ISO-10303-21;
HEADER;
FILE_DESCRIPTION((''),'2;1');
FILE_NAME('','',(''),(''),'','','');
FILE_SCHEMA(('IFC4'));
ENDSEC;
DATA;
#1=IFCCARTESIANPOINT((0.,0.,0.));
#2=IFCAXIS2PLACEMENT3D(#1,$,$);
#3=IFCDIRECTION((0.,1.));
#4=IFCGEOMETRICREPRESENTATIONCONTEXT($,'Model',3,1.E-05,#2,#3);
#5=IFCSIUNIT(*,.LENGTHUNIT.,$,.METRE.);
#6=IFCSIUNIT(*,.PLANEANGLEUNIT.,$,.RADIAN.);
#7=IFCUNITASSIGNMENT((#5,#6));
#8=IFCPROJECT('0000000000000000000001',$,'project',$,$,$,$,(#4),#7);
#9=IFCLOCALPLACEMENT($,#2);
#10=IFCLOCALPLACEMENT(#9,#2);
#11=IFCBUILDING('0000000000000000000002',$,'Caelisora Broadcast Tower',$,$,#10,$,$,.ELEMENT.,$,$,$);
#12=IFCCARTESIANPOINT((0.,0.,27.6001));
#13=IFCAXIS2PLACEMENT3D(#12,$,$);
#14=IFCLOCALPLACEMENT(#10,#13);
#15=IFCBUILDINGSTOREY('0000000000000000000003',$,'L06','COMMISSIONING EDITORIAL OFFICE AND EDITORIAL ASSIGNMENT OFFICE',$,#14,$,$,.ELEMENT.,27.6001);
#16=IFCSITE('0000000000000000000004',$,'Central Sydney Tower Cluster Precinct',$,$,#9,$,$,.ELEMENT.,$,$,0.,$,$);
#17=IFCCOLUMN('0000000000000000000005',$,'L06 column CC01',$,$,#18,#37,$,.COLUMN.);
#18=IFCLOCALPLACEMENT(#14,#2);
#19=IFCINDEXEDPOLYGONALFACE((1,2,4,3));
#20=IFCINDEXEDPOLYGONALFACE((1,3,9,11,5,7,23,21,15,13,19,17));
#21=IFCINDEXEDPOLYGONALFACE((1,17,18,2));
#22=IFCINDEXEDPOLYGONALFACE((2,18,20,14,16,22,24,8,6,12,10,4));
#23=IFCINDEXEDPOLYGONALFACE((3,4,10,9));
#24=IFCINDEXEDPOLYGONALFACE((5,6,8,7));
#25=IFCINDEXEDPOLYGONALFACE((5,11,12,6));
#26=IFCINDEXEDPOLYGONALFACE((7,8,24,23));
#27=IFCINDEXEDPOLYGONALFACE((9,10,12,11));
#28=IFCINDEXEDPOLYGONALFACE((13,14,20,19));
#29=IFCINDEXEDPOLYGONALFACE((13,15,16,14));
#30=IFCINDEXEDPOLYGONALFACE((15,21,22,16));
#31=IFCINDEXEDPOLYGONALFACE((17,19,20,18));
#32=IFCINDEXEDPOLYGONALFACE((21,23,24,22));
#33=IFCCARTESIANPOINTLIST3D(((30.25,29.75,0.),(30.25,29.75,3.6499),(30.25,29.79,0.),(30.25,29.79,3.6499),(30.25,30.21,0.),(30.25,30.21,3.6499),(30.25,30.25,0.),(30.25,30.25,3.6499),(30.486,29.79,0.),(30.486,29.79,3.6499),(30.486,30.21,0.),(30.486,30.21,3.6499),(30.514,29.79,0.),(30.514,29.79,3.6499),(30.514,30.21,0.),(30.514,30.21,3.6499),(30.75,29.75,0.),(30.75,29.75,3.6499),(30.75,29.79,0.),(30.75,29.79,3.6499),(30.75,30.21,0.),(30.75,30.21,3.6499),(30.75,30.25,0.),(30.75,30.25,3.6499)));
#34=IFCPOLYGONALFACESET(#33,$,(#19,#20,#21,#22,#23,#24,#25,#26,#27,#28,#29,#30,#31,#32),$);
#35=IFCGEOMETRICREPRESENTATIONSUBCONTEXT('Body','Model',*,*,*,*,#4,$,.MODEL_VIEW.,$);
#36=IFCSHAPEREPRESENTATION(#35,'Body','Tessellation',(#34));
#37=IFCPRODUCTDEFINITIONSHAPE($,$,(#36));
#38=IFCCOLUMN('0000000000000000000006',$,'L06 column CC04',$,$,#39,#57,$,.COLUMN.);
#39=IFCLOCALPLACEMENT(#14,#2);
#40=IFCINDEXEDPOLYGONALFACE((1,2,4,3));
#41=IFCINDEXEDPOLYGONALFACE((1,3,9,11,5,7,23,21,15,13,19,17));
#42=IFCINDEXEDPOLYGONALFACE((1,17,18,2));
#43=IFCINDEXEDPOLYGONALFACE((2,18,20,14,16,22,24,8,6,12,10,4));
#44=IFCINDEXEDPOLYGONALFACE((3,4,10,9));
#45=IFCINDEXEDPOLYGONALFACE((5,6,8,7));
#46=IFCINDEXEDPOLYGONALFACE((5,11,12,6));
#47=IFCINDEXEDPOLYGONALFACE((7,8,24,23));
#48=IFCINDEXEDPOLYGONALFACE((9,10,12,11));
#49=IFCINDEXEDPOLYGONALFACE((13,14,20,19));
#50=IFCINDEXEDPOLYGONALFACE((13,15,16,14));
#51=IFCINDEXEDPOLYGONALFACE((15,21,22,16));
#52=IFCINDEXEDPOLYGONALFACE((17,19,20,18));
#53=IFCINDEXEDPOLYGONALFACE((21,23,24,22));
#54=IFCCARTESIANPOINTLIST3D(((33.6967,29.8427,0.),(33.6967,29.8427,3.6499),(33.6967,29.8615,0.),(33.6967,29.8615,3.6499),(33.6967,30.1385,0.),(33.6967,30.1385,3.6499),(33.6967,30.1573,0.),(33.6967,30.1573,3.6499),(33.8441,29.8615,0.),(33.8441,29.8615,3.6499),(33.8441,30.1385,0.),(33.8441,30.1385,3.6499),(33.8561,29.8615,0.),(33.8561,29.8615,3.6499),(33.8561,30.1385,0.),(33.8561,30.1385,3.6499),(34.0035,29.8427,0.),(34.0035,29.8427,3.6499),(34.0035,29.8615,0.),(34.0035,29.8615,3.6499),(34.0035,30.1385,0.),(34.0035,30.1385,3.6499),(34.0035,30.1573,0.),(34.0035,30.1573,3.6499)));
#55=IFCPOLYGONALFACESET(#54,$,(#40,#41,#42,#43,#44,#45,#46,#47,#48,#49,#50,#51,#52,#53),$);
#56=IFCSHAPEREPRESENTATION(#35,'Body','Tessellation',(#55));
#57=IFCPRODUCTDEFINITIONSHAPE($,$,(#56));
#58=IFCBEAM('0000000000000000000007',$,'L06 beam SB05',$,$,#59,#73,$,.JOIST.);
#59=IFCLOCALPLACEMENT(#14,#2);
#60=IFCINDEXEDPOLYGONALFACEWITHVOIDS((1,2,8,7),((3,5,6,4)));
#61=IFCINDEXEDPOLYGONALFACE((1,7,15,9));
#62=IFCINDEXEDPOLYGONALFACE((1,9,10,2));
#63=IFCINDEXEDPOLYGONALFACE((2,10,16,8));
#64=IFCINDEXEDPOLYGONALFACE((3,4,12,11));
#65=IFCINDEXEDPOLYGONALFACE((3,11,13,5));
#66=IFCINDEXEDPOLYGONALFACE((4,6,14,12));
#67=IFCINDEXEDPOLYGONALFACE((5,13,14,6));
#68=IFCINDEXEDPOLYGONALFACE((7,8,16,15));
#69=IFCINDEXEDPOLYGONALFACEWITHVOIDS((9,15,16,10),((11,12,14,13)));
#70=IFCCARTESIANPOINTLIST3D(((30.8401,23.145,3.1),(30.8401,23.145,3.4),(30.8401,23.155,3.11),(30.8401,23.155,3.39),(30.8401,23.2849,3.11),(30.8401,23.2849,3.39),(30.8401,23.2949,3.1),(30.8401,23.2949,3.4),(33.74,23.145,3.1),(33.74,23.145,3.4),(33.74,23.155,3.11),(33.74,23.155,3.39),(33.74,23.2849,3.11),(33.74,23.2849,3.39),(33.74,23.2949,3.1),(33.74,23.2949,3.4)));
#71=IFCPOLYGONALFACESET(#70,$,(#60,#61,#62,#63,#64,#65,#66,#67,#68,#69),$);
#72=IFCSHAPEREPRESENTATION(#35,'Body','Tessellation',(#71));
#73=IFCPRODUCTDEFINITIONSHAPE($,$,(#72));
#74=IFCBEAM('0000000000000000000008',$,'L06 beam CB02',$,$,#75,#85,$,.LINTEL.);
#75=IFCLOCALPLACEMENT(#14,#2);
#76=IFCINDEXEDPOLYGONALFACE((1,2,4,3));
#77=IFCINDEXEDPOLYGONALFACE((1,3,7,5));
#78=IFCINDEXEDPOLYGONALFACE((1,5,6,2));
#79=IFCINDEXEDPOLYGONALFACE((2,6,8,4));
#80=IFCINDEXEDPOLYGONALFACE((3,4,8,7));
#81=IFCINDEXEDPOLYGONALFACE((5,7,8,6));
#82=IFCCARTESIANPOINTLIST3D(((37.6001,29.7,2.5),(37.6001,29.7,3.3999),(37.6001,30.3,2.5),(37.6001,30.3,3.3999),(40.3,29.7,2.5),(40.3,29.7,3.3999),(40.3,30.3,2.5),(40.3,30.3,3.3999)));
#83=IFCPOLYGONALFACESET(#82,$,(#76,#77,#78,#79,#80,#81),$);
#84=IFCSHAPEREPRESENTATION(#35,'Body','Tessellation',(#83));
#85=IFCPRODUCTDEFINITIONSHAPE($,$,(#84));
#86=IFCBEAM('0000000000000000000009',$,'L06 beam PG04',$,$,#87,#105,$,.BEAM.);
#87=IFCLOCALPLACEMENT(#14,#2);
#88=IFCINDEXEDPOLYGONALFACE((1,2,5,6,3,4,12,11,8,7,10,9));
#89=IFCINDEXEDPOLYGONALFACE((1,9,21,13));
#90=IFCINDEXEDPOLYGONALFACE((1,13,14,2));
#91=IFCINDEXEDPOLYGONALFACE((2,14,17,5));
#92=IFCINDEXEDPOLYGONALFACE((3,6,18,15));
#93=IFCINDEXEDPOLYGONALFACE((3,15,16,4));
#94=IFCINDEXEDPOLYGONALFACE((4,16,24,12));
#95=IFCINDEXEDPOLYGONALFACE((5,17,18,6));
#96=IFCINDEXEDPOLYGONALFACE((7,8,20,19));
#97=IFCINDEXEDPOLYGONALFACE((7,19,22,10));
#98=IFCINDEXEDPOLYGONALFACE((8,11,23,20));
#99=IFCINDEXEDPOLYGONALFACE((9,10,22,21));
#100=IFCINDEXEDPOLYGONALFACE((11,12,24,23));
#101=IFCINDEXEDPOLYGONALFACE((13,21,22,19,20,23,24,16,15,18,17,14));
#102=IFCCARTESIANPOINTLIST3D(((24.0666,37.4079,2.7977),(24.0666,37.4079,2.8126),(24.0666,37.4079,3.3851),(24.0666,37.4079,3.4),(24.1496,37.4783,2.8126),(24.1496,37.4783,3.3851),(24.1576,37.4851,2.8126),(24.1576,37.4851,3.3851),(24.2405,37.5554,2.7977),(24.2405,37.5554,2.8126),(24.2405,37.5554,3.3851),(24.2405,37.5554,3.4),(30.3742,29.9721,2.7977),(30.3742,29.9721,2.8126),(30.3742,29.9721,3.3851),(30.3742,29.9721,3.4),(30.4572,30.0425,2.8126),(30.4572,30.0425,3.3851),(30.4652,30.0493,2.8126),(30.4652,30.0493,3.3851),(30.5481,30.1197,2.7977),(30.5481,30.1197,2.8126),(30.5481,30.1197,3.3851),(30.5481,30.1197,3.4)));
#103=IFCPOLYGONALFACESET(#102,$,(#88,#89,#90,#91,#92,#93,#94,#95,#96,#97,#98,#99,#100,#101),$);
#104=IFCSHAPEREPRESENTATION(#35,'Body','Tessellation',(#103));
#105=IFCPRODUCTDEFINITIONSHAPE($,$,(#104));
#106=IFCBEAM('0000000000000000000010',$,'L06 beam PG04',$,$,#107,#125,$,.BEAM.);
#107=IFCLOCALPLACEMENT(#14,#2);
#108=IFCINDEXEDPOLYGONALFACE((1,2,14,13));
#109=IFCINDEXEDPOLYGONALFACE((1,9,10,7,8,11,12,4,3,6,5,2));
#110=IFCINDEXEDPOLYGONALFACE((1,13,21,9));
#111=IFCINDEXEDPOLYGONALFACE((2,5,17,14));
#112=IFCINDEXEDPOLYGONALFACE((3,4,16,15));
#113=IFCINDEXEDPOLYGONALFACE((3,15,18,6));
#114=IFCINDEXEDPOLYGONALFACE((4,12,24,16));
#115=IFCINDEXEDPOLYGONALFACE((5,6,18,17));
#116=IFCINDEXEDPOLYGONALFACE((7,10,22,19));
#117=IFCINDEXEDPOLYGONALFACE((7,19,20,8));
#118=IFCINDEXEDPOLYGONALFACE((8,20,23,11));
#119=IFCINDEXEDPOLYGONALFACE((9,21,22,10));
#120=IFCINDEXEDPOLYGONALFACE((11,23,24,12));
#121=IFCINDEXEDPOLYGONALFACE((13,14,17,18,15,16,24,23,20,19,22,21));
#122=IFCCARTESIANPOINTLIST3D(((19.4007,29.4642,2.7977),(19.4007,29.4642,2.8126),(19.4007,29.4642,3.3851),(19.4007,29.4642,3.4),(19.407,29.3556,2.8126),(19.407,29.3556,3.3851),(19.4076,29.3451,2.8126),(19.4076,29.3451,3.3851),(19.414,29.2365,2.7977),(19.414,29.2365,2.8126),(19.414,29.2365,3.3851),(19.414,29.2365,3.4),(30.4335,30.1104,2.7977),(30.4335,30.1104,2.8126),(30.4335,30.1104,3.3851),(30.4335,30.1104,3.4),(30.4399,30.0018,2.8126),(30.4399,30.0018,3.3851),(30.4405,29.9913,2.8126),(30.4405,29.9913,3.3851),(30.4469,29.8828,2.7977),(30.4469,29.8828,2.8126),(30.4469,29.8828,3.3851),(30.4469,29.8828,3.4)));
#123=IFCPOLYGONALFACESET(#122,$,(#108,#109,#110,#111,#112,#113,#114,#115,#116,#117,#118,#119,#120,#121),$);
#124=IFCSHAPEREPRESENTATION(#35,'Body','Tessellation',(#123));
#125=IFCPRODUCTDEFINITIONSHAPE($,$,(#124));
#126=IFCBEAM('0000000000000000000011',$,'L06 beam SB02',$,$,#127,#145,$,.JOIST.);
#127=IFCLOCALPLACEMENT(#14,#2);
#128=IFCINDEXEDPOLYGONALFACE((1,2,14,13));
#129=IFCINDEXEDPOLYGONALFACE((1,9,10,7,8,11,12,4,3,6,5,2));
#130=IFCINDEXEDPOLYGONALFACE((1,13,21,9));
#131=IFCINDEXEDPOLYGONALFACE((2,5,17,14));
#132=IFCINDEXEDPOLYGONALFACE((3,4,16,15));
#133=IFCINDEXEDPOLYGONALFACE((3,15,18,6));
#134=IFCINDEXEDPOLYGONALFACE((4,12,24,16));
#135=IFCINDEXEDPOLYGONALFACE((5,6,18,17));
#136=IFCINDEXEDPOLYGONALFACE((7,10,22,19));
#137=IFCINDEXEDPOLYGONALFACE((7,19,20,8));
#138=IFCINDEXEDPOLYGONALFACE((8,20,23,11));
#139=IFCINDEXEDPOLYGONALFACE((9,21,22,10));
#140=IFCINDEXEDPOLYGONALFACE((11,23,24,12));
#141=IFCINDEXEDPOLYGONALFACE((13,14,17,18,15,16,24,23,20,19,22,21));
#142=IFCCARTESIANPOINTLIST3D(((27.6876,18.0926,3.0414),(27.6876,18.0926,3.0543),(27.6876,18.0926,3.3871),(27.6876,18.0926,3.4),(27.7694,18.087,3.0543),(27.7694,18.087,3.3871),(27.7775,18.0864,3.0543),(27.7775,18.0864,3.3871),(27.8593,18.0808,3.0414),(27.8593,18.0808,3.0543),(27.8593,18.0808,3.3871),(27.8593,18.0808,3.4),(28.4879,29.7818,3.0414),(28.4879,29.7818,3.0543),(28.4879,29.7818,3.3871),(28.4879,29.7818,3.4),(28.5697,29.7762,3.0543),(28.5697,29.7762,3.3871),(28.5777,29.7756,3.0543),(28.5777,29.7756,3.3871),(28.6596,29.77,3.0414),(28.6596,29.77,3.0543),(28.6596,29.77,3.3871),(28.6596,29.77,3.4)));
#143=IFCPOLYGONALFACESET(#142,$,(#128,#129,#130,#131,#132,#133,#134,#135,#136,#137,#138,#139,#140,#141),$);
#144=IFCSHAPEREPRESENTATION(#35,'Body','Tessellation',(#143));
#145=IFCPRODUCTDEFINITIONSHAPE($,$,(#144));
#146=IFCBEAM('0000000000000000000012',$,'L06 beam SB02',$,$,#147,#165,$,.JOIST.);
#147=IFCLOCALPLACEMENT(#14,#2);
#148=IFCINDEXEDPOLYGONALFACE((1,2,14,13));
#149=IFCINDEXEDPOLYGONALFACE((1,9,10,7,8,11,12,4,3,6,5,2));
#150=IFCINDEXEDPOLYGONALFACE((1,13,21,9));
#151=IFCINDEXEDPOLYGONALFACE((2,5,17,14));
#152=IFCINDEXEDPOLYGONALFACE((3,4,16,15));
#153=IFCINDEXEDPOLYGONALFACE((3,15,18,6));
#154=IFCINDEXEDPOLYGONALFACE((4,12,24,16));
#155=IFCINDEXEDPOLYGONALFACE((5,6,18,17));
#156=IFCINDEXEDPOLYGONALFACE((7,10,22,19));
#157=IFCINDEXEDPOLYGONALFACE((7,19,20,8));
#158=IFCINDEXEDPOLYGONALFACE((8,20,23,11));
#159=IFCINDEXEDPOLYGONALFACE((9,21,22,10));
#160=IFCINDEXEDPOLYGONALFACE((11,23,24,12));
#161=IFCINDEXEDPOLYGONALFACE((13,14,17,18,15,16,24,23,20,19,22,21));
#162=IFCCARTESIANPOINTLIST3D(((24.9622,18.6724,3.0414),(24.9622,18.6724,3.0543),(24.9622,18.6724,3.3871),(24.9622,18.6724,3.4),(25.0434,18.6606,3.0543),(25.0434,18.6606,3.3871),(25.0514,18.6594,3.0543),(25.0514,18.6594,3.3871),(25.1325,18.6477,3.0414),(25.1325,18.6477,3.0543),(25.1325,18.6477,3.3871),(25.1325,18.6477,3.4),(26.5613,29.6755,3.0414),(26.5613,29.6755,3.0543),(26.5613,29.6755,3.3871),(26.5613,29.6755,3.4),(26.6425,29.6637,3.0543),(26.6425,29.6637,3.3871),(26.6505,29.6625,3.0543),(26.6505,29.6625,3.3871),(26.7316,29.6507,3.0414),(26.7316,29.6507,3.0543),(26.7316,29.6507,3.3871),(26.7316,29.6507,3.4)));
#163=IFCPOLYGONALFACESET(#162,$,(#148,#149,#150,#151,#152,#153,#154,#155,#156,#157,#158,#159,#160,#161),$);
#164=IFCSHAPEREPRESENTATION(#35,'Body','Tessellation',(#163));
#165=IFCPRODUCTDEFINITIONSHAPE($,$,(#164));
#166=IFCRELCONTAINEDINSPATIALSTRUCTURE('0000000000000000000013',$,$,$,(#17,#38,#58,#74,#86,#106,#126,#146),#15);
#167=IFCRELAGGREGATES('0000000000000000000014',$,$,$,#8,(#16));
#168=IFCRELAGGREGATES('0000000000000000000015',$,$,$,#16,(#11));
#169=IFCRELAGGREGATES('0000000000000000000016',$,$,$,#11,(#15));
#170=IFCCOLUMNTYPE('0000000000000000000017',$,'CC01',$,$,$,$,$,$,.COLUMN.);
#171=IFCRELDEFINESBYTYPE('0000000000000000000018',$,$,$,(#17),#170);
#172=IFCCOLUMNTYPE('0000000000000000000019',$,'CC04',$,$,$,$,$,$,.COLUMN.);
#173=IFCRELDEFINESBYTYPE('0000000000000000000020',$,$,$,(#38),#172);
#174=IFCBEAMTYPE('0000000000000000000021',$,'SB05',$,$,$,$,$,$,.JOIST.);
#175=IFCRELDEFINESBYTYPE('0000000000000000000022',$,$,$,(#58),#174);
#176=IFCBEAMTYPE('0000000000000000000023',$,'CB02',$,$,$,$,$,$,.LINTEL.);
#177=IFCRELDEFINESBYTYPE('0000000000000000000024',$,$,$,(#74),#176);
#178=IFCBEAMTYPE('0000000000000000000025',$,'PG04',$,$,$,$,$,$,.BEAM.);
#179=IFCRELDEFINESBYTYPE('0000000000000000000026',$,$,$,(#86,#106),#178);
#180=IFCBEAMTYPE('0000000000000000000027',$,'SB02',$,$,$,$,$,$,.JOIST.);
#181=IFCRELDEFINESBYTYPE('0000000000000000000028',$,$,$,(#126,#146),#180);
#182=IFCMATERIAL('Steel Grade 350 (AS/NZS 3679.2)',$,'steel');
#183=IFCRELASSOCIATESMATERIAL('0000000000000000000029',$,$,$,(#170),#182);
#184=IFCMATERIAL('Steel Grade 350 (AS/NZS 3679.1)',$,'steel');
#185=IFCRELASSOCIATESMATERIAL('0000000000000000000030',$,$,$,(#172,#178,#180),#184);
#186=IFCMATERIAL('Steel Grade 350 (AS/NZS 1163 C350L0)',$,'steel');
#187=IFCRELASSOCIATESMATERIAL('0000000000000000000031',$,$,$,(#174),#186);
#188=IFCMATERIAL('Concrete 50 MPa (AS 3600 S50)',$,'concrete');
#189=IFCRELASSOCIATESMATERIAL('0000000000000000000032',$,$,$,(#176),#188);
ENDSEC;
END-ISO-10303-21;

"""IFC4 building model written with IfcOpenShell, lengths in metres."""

from ifc_helpers import new_model, si_unit, direction, frame, origin, origin_2d, place, context, subcontext, project, spatial, rectangle, hollow_rectangle, i_section, extrude, source, transform, mapped, material, material_profile, profile_set, type_object, type_shapes, element, save


model = new_model("IFC4")

# Units and contexts
model_context = context("Model", 3, precision=1e-05, world=origin(), true_north=direction((0.0, 1.0)))
body_context = subcontext(model_context, "Body", "Model", "MODEL_VIEW")
ifc_project = project(units=[si_unit("LENGTHUNIT", "METRE"), si_unit("PLANEANGLEUNIT", "RADIAN")], contexts=[model_context])

# Site, building, storey
site_placement = place(None, origin())
site = spatial("IfcSite", under=ifc_project, at=site_placement, Name="Central Sydney Tower Cluster Precinct", CompositionType="ELEMENT", RefElevation=0.0)
building_placement = place(site_placement, origin())
building = spatial("IfcBuilding", under=site, at=building_placement, Name="Caelisora Broadcast Tower", CompositionType="ELEMENT")
storey_placement = place(building_placement, frame((0.0, 0.0, 27.6001)))
storey = spatial("IfcBuildingStorey", under=building, at=storey_placement, Name="L06", Description="COMMISSIONING EDITORIAL OFFICE AND EDITORIAL ASSIGNMENT OFFICE", CompositionType="ELEMENT", Elevation=27.6001)

# Columns
ifc_material_1 = material(Name="Steel Grade 350 (AS/NZS 3679.2)", Category="steel")
ifc_material_profile_1 = material_profile(ifc_material_1, i_section(OverallWidth=0.5, OverallDepth=0.5, WebThickness=0.0281, FlangeThickness=0.04, at=origin_2d()), Name="Steel Grade 350 (AS/NZS 3679.2)")
ifc_profile_set_1 = profile_set([ifc_material_profile_1], Name="Steel Grade 350 (AS/NZS 3679.2)")
column_type_1 = type_object("IfcColumnType", Name="CC01", PredefinedType="COLUMN", material=ifc_profile_set_1)
shared_shape_1 = source(origin(), body_context, "Body", "SweptSolid", [
    extrude(i_section(OverallWidth=0.5, OverallDepth=0.5, WebThickness=0.0281, FlangeThickness=0.04, at=origin_2d()), origin(), (0.0, 0.0, 1.0), 3.6499),
])
type_shapes(column_type_1, [shared_shape_1])
column_1_placement = place(storey_placement, frame((30.5, 30.0, 0.0), z_axis=(0.0, 0.0, 1.0), x_axis=(1.0, 0.0, 0.0)))
element("IfcColumn", 1, at=column_1_placement, inside=storey, type_object=column_type_1, Name="L06 column CC01", PredefinedType="COLUMN", context=body_context, shape_type="MappedRepresentation", body=[
    mapped(shared_shape_1, transform((0.0, 0.0, 0.0), scale=1.0)),
])
ifc_material_2 = material(Name="Steel Grade 350 (AS/NZS 3679.1)", Category="steel")
ifc_material_profile_2 = material_profile(ifc_material_2, i_section(OverallWidth=0.3069, OverallDepth=0.3147, WebThickness=0.012, FlangeThickness=0.0188, at=origin_2d()), Name="Steel Grade 350 (AS/NZS 3679.1)")
ifc_profile_set_2 = profile_set([ifc_material_profile_2], Name="Steel Grade 350 (AS/NZS 3679.1)")
column_type_2 = type_object("IfcColumnType", Name="CC04", PredefinedType="COLUMN", material=ifc_profile_set_2)
shared_shape_2 = source(origin(), body_context, "Body", "SweptSolid", [
    extrude(i_section(OverallWidth=0.3069, OverallDepth=0.3147, WebThickness=0.012, FlangeThickness=0.0188, at=origin_2d()), origin(), (0.0, 0.0, 1.0), 3.6499),
])
type_shapes(column_type_2, [shared_shape_2])
column_2_placement = place(storey_placement, frame((33.8501, 30.0, 0.0), z_axis=(0.0, 0.0, 1.0), x_axis=(1.0, 0.0, 0.0)))
element("IfcColumn", 2, at=column_2_placement, inside=storey, type_object=column_type_2, Name="L06 column CC04", PredefinedType="COLUMN", context=body_context, shape_type="MappedRepresentation", body=[
    mapped(shared_shape_2, transform((0.0, 0.0, 0.0), scale=1.0)),
])

# Beams
ifc_material_3 = material(Name="Steel Grade 350 (AS/NZS 1163 C350L0)", Category="steel")
ifc_material_profile_3 = material_profile(ifc_material_3, hollow_rectangle(XDim=0.1499, YDim=0.3, WallThickness=0.01, at=origin_2d()), Name="Steel Grade 350 (AS/NZS 1163 C350L0)")
ifc_profile_set_3 = profile_set([ifc_material_profile_3], Name="Steel Grade 350 (AS/NZS 1163 C350L0)")
beam_type_1 = type_object("IfcBeamType", Name="SB05", PredefinedType="JOIST", material=ifc_profile_set_3)
shared_shape_3 = source(origin(), body_context, "Body", "SweptSolid", [
    extrude(hollow_rectangle(XDim=0.1499, YDim=0.3, WallThickness=0.01, at=origin_2d()), origin(), (0.0, 0.0, 1.0), 2.8999),
])
type_shapes(beam_type_1, [shared_shape_3])
beam_1_placement = place(storey_placement, frame((30.8401, 23.22, 3.25), z_axis=(1.0, 0.0, 0.0), x_axis=(0.0, 1.0, 0.0)))
element("IfcBeam", 3, at=beam_1_placement, inside=storey, type_object=beam_type_1, Name="L06 beam SB05", PredefinedType="JOIST", context=body_context, shape_type="MappedRepresentation", body=[
    mapped(shared_shape_3, transform((0.0, 0.0, 0.0), scale=1.0)),
])
ifc_material_4 = material(Name="Concrete 50 MPa (AS 3600 S50)", Category="concrete")
ifc_material_profile_4 = material_profile(ifc_material_4, rectangle(XDim=0.6001, YDim=0.8999, at=origin_2d()), Name="Concrete 50 MPa (AS 3600 S50)")
ifc_profile_set_4 = profile_set([ifc_material_profile_4], Name="Concrete 50 MPa (AS 3600 S50)")
beam_type_2 = type_object("IfcBeamType", Name="CB02", PredefinedType="LINTEL", material=ifc_profile_set_4)
shared_shape_4 = source(origin(), body_context, "Body", "SweptSolid", [
    extrude(rectangle(XDim=0.6001, YDim=0.8999, at=origin_2d()), origin(), (0.0, 0.0, 1.0), 2.7),
])
type_shapes(beam_type_2, [shared_shape_4])
beam_2_placement = place(storey_placement, frame((37.6001, 30.0, 2.95), z_axis=(1.0, 0.0, 0.0), x_axis=(0.0, 1.0, 0.0)))
element("IfcBeam", 4, at=beam_2_placement, inside=storey, type_object=beam_type_2, Name="L06 beam CB02", PredefinedType="LINTEL", context=body_context, shape_type="MappedRepresentation", body=[
    mapped(shared_shape_4, transform((0.0, 0.0, 0.0), scale=1.0)),
])
ifc_material_profile_5 = material_profile(ifc_material_2, i_section(OverallWidth=0.228, OverallDepth=0.6023, WebThickness=0.0105, FlangeThickness=0.0149, at=origin_2d()), Name="Steel Grade 350 (AS/NZS 3679.1)")
ifc_profile_set_5 = profile_set([ifc_material_profile_5], Name="Steel Grade 350 (AS/NZS 3679.1)")
beam_type_3 = type_object("IfcBeamType", Name="PG04", PredefinedType="BEAM", material=ifc_profile_set_5)
shared_shape_5 = source(origin(), body_context, "Body", "SweptSolid", [
    extrude(i_section(OverallWidth=0.228, OverallDepth=0.6023, WebThickness=0.0105, FlangeThickness=0.0149, at=origin_2d()), origin(), (0.0, 0.0, 1.0), 9.7507),
])
beam_3_placement = place(storey_placement, frame((30.4612, 30.0459, 3.0989), z_axis=(-0.646886, 0.762587, 0.0), x_axis=(-0.762587, -0.646886, 0.0)))
element("IfcBeam", 5, at=beam_3_placement, inside=storey, type_object=beam_type_3, Name="L06 beam PG04", PredefinedType="BEAM", context=body_context, shape_type="MappedRepresentation", body=[
    mapped(shared_shape_5, transform((0.0, 0.0, 0.0), scale=1.0)),
])
shared_shape_6 = source(origin(), body_context, "Body", "SweptSolid", [
    extrude(i_section(OverallWidth=0.228, OverallDepth=0.6023, WebThickness=0.0105, FlangeThickness=0.0149, at=origin_2d()), origin(), (0.0, 0.0, 1.0), 11.0518),
])
type_shapes(beam_type_3, [shared_shape_5, shared_shape_6])
beam_4_placement = place(storey_placement, frame((30.4402, 29.9966, 3.0989), z_axis=(-0.998289, -0.058473, 0.0), x_axis=(0.058473, -0.998289, 0.0)))
element("IfcBeam", 6, at=beam_4_placement, inside=storey, type_object=beam_type_3, Name="L06 beam PG04", PredefinedType="BEAM", context=body_context, shape_type="MappedRepresentation", body=[
    mapped(shared_shape_6, transform((0.0, 0.0, 0.0), scale=1.0)),
])
ifc_material_profile_6 = material_profile(ifc_material_2, i_section(OverallWidth=0.1721, OverallDepth=0.3586, WebThickness=0.0081, FlangeThickness=0.0129, at=origin_2d()), Name="Steel Grade 350 (AS/NZS 3679.1)")
ifc_profile_set_6 = profile_set([ifc_material_profile_6], Name="Steel Grade 350 (AS/NZS 3679.1)")
beam_type_4 = type_object("IfcBeamType", Name="SB02", PredefinedType="JOIST", material=ifc_profile_set_6)
shared_shape_7 = source(origin(), body_context, "Body", "SweptSolid", [
    extrude(i_section(OverallWidth=0.1721, OverallDepth=0.3586, WebThickness=0.0081, FlangeThickness=0.0129, at=origin_2d()), origin(), (0.0, 0.0, 1.0), 11.7166),
])
beam_5_placement = place(storey_placement, frame((28.5737, 29.7759, 3.2207), z_axis=(-0.068304, -0.997665, 0.0), x_axis=(0.997665, -0.068304, 0.0)))
element("IfcBeam", 7, at=beam_5_placement, inside=storey, type_object=beam_type_4, Name="L06 beam SB02", PredefinedType="JOIST", context=body_context, shape_type="MappedRepresentation", body=[
    mapped(shared_shape_7, transform((0.0, 0.0, 0.0), scale=1.0)),
])
shared_shape_8 = source(origin(), body_context, "Body", "SweptSolid", [
    extrude(i_section(OverallWidth=0.1721, OverallDepth=0.3586, WebThickness=0.0081, FlangeThickness=0.0129, at=origin_2d()), origin(), (0.0, 0.0, 1.0), 11.1187),
])
type_shapes(beam_type_4, [shared_shape_7, shared_shape_8])
beam_6_placement = place(storey_placement, frame((26.6465, 29.6631, 3.2207), z_axis=(-0.143822, -0.989604, 0.0), x_axis=(0.989604, -0.143822, 0.0)))
element("IfcBeam", 8, at=beam_6_placement, inside=storey, type_object=beam_type_4, Name="L06 beam SB02", PredefinedType="JOIST", context=body_context, shape_type="MappedRepresentation", body=[
    mapped(shared_shape_8, transform((0.0, 0.0, 0.0), scale=1.0)),
])

save(model, "model.ifc")
